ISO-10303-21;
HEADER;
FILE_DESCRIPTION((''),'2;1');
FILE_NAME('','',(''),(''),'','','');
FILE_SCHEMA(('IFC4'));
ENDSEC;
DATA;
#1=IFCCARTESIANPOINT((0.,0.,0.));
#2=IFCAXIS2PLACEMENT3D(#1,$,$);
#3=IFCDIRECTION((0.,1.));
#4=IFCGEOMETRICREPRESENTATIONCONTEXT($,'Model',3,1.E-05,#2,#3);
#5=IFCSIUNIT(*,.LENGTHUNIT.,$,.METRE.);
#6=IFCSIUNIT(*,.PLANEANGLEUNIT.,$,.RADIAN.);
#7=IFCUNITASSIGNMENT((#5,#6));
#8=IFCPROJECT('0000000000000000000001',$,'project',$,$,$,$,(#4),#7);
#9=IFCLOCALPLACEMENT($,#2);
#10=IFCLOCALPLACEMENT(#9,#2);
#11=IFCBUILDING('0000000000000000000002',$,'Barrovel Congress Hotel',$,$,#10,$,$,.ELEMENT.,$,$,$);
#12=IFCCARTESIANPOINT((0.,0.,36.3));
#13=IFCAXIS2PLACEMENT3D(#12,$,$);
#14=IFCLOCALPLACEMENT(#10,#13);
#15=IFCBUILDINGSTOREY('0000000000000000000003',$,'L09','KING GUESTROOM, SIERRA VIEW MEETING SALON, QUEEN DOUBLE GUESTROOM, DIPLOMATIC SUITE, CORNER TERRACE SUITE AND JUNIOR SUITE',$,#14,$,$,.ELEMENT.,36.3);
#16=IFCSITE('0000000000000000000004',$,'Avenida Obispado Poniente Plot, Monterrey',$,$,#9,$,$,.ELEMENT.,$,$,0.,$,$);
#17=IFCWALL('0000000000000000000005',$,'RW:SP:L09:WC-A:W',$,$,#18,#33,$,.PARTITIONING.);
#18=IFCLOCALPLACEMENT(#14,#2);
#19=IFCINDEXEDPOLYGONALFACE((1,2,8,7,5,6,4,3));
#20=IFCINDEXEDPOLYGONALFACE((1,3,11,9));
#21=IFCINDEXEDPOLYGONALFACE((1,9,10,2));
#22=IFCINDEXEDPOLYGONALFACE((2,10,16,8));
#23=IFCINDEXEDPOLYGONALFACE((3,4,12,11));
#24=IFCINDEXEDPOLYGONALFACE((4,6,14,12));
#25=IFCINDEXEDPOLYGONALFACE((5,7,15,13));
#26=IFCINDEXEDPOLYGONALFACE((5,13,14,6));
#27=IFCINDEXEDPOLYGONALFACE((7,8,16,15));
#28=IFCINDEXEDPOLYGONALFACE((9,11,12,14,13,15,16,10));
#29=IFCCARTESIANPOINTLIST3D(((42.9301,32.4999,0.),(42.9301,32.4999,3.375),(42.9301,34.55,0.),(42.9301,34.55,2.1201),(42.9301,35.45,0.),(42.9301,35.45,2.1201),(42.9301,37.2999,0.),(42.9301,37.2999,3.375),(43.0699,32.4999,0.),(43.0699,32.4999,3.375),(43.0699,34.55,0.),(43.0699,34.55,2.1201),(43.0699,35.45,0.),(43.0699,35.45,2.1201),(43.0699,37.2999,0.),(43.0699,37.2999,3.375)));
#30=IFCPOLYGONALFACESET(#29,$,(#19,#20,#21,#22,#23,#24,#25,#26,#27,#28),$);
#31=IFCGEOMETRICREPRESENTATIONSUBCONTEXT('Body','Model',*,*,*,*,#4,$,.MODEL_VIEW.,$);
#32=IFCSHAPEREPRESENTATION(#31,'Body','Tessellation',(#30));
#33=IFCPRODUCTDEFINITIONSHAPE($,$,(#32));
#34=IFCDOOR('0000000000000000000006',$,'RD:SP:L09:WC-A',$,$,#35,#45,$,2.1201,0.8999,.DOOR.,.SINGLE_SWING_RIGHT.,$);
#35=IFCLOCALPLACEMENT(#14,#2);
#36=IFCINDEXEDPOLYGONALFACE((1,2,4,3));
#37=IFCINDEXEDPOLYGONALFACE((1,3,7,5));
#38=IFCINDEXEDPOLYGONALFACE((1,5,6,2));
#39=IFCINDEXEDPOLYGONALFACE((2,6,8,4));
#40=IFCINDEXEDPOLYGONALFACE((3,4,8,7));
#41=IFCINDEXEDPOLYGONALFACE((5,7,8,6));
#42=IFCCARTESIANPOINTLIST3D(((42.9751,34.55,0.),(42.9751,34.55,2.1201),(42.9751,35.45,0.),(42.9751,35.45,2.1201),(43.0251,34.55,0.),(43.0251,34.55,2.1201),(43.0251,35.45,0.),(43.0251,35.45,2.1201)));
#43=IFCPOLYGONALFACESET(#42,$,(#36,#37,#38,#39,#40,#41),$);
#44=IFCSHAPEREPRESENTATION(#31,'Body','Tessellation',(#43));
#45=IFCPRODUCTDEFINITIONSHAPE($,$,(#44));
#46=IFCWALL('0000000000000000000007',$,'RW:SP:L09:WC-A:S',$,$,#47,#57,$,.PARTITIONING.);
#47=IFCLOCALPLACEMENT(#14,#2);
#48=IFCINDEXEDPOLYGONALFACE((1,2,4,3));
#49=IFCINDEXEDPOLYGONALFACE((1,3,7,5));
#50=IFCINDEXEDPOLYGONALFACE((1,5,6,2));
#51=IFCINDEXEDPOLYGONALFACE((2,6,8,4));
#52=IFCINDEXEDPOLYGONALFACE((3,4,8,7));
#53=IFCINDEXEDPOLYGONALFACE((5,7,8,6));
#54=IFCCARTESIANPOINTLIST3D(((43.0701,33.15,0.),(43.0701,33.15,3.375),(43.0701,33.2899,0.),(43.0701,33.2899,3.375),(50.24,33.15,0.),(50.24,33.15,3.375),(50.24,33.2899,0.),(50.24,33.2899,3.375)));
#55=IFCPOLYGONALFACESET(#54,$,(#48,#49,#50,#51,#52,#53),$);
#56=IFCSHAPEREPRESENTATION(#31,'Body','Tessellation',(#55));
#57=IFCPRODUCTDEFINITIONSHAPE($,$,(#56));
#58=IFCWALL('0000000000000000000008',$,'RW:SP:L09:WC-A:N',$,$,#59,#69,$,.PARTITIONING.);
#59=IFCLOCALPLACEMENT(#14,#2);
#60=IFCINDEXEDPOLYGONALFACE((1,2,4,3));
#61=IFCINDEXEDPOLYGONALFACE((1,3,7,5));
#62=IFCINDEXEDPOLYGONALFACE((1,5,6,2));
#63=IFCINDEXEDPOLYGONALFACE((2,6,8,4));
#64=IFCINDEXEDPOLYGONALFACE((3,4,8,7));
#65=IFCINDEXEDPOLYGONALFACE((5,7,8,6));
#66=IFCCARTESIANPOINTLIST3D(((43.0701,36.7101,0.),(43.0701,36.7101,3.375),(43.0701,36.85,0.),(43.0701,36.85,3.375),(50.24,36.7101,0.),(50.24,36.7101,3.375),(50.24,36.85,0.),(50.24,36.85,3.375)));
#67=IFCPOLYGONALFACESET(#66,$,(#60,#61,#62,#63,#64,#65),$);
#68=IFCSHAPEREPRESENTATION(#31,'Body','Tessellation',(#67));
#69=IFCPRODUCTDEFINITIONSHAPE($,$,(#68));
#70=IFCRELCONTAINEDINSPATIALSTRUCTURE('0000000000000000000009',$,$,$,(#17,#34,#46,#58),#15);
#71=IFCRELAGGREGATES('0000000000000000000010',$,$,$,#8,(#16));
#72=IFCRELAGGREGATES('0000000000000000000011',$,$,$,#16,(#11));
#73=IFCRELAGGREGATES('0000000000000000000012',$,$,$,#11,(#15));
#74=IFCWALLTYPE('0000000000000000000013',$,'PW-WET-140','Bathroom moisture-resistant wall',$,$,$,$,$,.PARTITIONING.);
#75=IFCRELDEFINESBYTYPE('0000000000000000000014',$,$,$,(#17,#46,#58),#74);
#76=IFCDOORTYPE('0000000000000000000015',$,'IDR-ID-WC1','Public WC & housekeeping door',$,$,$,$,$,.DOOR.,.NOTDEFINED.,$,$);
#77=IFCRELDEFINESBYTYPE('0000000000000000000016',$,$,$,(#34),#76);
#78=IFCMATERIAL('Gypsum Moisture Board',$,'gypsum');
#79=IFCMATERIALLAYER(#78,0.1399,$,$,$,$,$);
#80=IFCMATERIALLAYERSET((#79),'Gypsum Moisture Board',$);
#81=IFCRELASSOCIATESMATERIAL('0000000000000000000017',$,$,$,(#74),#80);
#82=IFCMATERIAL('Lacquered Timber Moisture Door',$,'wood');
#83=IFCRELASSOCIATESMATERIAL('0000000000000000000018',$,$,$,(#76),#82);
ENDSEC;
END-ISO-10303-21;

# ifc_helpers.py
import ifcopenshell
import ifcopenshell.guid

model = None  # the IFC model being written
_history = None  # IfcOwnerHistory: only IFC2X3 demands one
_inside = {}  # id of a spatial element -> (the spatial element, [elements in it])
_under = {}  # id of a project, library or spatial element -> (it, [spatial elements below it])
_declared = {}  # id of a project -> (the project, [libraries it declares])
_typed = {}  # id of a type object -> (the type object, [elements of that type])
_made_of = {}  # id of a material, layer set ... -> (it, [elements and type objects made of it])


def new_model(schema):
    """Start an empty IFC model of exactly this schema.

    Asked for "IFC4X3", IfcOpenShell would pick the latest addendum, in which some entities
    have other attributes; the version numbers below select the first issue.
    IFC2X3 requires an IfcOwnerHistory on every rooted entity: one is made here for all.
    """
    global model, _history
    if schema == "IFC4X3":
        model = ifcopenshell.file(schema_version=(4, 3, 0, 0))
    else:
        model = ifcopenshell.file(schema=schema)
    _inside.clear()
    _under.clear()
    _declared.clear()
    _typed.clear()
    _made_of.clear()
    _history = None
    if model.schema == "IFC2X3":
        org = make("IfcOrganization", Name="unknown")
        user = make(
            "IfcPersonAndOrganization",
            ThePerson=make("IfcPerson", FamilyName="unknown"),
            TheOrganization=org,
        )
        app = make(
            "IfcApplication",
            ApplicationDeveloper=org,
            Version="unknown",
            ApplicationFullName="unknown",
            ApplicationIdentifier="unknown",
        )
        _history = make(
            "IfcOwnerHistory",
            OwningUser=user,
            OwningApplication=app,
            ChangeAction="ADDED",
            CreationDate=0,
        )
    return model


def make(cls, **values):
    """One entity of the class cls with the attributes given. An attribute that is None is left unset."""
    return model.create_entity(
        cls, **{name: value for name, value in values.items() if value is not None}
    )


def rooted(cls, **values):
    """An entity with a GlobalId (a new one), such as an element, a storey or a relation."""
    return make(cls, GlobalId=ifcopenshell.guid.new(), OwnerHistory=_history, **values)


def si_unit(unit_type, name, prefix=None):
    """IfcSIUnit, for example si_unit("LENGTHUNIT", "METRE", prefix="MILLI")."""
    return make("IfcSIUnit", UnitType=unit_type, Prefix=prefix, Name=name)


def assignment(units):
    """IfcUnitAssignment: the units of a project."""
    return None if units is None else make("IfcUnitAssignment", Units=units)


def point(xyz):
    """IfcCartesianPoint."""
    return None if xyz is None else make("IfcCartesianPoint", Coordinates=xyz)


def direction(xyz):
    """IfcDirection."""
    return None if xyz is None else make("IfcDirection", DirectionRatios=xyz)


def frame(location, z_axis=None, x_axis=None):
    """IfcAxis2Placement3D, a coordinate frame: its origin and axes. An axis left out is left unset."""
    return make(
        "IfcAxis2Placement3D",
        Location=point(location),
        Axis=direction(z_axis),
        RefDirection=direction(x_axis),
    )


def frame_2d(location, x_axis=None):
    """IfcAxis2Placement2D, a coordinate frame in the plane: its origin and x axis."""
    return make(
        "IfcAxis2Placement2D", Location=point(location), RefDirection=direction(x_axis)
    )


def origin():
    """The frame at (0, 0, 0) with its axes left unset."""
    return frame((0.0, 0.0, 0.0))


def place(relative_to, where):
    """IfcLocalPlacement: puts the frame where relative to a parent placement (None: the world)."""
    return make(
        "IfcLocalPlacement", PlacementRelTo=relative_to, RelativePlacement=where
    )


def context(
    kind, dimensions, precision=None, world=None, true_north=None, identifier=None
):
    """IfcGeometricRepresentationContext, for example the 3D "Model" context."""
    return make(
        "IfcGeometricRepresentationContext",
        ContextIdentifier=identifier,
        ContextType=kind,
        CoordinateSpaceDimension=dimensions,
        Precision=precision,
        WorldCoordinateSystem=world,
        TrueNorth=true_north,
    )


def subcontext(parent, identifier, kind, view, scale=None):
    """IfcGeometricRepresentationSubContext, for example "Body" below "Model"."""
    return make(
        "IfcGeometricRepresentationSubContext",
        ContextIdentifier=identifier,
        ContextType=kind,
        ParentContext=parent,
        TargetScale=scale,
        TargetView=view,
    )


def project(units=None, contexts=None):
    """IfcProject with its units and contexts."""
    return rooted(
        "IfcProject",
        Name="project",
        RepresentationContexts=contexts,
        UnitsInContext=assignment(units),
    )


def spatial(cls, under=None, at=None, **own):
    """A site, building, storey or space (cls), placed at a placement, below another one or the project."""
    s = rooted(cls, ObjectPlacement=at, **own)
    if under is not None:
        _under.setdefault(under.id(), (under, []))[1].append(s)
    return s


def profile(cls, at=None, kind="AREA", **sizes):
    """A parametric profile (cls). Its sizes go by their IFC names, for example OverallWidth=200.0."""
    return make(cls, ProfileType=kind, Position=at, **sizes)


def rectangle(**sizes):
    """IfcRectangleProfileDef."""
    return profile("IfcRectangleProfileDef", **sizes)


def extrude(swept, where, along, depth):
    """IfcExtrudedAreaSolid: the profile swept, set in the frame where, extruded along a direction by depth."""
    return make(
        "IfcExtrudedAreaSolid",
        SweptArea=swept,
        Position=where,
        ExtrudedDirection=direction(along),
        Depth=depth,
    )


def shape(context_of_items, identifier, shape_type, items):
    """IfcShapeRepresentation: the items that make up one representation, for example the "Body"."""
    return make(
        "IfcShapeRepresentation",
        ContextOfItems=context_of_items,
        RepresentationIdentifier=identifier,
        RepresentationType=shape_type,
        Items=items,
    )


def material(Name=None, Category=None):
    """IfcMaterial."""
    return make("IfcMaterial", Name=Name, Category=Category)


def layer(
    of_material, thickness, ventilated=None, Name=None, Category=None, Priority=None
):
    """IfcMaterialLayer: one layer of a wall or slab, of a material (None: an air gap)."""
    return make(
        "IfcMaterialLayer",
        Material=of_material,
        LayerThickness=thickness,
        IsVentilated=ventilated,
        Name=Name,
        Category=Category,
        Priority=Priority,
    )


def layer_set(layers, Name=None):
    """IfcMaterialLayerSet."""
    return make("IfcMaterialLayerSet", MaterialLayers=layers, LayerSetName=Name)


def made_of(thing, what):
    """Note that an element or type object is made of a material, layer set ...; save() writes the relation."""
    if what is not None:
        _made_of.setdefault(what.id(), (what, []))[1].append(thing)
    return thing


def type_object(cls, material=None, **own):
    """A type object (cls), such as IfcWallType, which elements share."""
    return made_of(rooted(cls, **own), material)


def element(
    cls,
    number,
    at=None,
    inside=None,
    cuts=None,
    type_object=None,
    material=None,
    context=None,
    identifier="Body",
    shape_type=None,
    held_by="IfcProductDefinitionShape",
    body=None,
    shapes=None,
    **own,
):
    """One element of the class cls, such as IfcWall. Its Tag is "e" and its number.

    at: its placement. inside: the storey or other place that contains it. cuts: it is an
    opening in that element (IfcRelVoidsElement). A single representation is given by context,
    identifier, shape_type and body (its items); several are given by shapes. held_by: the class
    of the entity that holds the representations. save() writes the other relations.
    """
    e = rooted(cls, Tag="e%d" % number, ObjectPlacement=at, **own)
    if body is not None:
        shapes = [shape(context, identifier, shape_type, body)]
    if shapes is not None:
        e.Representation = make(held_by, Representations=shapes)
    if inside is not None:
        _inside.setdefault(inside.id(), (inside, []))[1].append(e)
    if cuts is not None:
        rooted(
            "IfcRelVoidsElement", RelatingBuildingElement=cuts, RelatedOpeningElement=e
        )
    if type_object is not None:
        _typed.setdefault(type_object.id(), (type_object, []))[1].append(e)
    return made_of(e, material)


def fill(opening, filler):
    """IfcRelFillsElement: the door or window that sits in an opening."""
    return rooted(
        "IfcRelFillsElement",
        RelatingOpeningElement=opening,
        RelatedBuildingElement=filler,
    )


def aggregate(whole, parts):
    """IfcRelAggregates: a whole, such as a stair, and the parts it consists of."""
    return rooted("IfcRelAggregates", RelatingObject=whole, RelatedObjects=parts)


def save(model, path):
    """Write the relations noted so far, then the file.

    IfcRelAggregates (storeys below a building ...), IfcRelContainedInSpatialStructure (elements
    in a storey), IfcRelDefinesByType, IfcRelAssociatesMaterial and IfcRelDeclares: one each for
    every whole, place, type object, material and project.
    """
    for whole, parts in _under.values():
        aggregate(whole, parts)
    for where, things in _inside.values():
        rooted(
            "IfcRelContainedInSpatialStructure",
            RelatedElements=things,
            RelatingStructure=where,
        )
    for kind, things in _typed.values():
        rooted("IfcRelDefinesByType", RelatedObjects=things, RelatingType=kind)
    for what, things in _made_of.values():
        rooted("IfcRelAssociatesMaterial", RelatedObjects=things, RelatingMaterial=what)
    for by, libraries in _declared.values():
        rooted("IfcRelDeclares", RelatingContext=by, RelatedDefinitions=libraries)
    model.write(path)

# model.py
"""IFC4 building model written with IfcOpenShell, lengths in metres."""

from ifc_helpers import new_model, si_unit, direction, frame, frame_2d, origin, place, context, subcontext, project, spatial, rectangle, extrude, material, layer, layer_set, type_object, element, fill, save


model = new_model("IFC4")

# Units and contexts
model_context = context("Model", 3, precision=1e-05, world=origin(), true_north=direction((0.0, 1.0)))
body_context = subcontext(model_context, "Body", "Model", "MODEL_VIEW")
ifc_project = project(units=[si_unit("LENGTHUNIT", "METRE"), si_unit("PLANEANGLEUNIT", "RADIAN")], contexts=[model_context])

# Site, building, storey
site_placement = place(None, origin())
site = spatial("IfcSite", under=ifc_project, at=site_placement, Name="Avenida Obispado Poniente Plot, Monterrey", CompositionType="ELEMENT", RefElevation=0.0)
building_placement = place(site_placement, origin())
building = spatial("IfcBuilding", under=site, at=building_placement, Name="Barrovel Congress Hotel", CompositionType="ELEMENT")
storey_placement = place(building_placement, frame((0.0, 0.0, 36.3)))
storey = spatial("IfcBuildingStorey", under=building, at=storey_placement, Name="L09", Description="KING GUESTROOM, SIERRA VIEW MEETING SALON, QUEEN DOUBLE GUESTROOM, DIPLOMATIC SUITE, CORNER TERRACE SUITE AND JUNIOR SUITE", CompositionType="ELEMENT", Elevation=36.3)

# Wall, opening, door
ifc_material_1 = material(Name="Gypsum Moisture Board", Category="gypsum")
ifc_layer_1 = layer(ifc_material_1, 0.1399)
ifc_layer_set_1 = layer_set([ifc_layer_1], Name="Gypsum Moisture Board")
wall_type_1 = type_object("IfcWallType", Name="PW-WET-140", Description="Bathroom moisture-resistant wall", PredefinedType="PARTITIONING", material=ifc_layer_set_1)
ifc_material_2 = material(Name="Lacquered Timber Moisture Door", Category="wood")
wall_1_placement = place(storey_placement, frame((43.0, 32.5, 0.0), z_axis=(0.0, 0.0, 1.0), x_axis=(0.0, 1.0, 0.0)))
wall_1 = element("IfcWall", 1, at=wall_1_placement, inside=storey, type_object=wall_type_1, Name="RW:SP:L09:WC-A:W", PredefinedType="PARTITIONING", context=body_context, shape_type="SweptSolid", body=[
    extrude(rectangle(XDim=4.8, YDim=0.1399, at=frame_2d((2.3999, 0.0))), origin(), (0.0, 0.0, 1.0), 3.375),
])
opening_1_placement = place(wall_1_placement, frame((2.05, 0.0, 0.0)))
opening_1 = element("IfcOpeningElement", 2, at=opening_1_placement, cuts=wall_1, PredefinedType="OPENING", context=body_context, shape_type="SweptSolid", body=[
    extrude(rectangle(XDim=0.8999, YDim=2.1201, at=frame_2d((0.45, 1.0601))), frame((0.0, 0.0801, 0.0), z_axis=(0.0, -1.0, 0.0), x_axis=(1.0, 0.0, 0.0)), (0.0, 0.0, 1.0), 0.1599),
])
door_type_1 = type_object("IfcDoorType", Name="IDR-ID-WC1", Description="Public WC & housekeeping door", OperationType="NOTDEFINED", PredefinedType="DOOR", material=ifc_material_2)
door_1_placement = place(opening_1_placement, origin())
door_1 = element("IfcDoor", 3, at=door_1_placement, inside=storey, type_object=door_type_1, Name="RD:SP:L09:WC-A", OperationType="SINGLE_SWING_RIGHT", OverallHeight=2.1201, OverallWidth=0.8999, PredefinedType="DOOR", context=body_context, shape_type="SweptSolid", body=[
    extrude(rectangle(XDim=0.8999, YDim=2.1201, at=frame_2d((0.45, 1.0601))), frame((0.0, 0.0249, 0.0), z_axis=(0.0, -1.0, 0.0), x_axis=(1.0, 0.0, 0.0)), (0.0, 0.0, 1.0), 0.05),
])
fill(opening_1, door_1)

# Walls
for number, where, z_axis, x_axis, name in (
    (4, (43.0701, 33.22, 0.0), (0.0, 0.0, 1.0), (1.0, 0.0, 0.0), "RW:SP:L09:WC-A:S"),
    (5, (43.0701, 36.78, 0.0), (0.0, 0.0, 1.0), (1.0, 0.0, 0.0), "RW:SP:L09:WC-A:N"),
):
    element("IfcWall", number, at=place(storey_placement, frame(where, z_axis=z_axis, x_axis=x_axis)), inside=storey, type_object=wall_type_1, Name=name, PredefinedType="PARTITIONING", context=body_context, shape_type="SweptSolid", body=[
        extrude(rectangle(XDim=7.1699, YDim=0.1399, at=frame_2d((3.585, 0.0))), origin(), (0.0, 0.0, 1.0), 3.375),
    ])

save(model, "model.ifc")
